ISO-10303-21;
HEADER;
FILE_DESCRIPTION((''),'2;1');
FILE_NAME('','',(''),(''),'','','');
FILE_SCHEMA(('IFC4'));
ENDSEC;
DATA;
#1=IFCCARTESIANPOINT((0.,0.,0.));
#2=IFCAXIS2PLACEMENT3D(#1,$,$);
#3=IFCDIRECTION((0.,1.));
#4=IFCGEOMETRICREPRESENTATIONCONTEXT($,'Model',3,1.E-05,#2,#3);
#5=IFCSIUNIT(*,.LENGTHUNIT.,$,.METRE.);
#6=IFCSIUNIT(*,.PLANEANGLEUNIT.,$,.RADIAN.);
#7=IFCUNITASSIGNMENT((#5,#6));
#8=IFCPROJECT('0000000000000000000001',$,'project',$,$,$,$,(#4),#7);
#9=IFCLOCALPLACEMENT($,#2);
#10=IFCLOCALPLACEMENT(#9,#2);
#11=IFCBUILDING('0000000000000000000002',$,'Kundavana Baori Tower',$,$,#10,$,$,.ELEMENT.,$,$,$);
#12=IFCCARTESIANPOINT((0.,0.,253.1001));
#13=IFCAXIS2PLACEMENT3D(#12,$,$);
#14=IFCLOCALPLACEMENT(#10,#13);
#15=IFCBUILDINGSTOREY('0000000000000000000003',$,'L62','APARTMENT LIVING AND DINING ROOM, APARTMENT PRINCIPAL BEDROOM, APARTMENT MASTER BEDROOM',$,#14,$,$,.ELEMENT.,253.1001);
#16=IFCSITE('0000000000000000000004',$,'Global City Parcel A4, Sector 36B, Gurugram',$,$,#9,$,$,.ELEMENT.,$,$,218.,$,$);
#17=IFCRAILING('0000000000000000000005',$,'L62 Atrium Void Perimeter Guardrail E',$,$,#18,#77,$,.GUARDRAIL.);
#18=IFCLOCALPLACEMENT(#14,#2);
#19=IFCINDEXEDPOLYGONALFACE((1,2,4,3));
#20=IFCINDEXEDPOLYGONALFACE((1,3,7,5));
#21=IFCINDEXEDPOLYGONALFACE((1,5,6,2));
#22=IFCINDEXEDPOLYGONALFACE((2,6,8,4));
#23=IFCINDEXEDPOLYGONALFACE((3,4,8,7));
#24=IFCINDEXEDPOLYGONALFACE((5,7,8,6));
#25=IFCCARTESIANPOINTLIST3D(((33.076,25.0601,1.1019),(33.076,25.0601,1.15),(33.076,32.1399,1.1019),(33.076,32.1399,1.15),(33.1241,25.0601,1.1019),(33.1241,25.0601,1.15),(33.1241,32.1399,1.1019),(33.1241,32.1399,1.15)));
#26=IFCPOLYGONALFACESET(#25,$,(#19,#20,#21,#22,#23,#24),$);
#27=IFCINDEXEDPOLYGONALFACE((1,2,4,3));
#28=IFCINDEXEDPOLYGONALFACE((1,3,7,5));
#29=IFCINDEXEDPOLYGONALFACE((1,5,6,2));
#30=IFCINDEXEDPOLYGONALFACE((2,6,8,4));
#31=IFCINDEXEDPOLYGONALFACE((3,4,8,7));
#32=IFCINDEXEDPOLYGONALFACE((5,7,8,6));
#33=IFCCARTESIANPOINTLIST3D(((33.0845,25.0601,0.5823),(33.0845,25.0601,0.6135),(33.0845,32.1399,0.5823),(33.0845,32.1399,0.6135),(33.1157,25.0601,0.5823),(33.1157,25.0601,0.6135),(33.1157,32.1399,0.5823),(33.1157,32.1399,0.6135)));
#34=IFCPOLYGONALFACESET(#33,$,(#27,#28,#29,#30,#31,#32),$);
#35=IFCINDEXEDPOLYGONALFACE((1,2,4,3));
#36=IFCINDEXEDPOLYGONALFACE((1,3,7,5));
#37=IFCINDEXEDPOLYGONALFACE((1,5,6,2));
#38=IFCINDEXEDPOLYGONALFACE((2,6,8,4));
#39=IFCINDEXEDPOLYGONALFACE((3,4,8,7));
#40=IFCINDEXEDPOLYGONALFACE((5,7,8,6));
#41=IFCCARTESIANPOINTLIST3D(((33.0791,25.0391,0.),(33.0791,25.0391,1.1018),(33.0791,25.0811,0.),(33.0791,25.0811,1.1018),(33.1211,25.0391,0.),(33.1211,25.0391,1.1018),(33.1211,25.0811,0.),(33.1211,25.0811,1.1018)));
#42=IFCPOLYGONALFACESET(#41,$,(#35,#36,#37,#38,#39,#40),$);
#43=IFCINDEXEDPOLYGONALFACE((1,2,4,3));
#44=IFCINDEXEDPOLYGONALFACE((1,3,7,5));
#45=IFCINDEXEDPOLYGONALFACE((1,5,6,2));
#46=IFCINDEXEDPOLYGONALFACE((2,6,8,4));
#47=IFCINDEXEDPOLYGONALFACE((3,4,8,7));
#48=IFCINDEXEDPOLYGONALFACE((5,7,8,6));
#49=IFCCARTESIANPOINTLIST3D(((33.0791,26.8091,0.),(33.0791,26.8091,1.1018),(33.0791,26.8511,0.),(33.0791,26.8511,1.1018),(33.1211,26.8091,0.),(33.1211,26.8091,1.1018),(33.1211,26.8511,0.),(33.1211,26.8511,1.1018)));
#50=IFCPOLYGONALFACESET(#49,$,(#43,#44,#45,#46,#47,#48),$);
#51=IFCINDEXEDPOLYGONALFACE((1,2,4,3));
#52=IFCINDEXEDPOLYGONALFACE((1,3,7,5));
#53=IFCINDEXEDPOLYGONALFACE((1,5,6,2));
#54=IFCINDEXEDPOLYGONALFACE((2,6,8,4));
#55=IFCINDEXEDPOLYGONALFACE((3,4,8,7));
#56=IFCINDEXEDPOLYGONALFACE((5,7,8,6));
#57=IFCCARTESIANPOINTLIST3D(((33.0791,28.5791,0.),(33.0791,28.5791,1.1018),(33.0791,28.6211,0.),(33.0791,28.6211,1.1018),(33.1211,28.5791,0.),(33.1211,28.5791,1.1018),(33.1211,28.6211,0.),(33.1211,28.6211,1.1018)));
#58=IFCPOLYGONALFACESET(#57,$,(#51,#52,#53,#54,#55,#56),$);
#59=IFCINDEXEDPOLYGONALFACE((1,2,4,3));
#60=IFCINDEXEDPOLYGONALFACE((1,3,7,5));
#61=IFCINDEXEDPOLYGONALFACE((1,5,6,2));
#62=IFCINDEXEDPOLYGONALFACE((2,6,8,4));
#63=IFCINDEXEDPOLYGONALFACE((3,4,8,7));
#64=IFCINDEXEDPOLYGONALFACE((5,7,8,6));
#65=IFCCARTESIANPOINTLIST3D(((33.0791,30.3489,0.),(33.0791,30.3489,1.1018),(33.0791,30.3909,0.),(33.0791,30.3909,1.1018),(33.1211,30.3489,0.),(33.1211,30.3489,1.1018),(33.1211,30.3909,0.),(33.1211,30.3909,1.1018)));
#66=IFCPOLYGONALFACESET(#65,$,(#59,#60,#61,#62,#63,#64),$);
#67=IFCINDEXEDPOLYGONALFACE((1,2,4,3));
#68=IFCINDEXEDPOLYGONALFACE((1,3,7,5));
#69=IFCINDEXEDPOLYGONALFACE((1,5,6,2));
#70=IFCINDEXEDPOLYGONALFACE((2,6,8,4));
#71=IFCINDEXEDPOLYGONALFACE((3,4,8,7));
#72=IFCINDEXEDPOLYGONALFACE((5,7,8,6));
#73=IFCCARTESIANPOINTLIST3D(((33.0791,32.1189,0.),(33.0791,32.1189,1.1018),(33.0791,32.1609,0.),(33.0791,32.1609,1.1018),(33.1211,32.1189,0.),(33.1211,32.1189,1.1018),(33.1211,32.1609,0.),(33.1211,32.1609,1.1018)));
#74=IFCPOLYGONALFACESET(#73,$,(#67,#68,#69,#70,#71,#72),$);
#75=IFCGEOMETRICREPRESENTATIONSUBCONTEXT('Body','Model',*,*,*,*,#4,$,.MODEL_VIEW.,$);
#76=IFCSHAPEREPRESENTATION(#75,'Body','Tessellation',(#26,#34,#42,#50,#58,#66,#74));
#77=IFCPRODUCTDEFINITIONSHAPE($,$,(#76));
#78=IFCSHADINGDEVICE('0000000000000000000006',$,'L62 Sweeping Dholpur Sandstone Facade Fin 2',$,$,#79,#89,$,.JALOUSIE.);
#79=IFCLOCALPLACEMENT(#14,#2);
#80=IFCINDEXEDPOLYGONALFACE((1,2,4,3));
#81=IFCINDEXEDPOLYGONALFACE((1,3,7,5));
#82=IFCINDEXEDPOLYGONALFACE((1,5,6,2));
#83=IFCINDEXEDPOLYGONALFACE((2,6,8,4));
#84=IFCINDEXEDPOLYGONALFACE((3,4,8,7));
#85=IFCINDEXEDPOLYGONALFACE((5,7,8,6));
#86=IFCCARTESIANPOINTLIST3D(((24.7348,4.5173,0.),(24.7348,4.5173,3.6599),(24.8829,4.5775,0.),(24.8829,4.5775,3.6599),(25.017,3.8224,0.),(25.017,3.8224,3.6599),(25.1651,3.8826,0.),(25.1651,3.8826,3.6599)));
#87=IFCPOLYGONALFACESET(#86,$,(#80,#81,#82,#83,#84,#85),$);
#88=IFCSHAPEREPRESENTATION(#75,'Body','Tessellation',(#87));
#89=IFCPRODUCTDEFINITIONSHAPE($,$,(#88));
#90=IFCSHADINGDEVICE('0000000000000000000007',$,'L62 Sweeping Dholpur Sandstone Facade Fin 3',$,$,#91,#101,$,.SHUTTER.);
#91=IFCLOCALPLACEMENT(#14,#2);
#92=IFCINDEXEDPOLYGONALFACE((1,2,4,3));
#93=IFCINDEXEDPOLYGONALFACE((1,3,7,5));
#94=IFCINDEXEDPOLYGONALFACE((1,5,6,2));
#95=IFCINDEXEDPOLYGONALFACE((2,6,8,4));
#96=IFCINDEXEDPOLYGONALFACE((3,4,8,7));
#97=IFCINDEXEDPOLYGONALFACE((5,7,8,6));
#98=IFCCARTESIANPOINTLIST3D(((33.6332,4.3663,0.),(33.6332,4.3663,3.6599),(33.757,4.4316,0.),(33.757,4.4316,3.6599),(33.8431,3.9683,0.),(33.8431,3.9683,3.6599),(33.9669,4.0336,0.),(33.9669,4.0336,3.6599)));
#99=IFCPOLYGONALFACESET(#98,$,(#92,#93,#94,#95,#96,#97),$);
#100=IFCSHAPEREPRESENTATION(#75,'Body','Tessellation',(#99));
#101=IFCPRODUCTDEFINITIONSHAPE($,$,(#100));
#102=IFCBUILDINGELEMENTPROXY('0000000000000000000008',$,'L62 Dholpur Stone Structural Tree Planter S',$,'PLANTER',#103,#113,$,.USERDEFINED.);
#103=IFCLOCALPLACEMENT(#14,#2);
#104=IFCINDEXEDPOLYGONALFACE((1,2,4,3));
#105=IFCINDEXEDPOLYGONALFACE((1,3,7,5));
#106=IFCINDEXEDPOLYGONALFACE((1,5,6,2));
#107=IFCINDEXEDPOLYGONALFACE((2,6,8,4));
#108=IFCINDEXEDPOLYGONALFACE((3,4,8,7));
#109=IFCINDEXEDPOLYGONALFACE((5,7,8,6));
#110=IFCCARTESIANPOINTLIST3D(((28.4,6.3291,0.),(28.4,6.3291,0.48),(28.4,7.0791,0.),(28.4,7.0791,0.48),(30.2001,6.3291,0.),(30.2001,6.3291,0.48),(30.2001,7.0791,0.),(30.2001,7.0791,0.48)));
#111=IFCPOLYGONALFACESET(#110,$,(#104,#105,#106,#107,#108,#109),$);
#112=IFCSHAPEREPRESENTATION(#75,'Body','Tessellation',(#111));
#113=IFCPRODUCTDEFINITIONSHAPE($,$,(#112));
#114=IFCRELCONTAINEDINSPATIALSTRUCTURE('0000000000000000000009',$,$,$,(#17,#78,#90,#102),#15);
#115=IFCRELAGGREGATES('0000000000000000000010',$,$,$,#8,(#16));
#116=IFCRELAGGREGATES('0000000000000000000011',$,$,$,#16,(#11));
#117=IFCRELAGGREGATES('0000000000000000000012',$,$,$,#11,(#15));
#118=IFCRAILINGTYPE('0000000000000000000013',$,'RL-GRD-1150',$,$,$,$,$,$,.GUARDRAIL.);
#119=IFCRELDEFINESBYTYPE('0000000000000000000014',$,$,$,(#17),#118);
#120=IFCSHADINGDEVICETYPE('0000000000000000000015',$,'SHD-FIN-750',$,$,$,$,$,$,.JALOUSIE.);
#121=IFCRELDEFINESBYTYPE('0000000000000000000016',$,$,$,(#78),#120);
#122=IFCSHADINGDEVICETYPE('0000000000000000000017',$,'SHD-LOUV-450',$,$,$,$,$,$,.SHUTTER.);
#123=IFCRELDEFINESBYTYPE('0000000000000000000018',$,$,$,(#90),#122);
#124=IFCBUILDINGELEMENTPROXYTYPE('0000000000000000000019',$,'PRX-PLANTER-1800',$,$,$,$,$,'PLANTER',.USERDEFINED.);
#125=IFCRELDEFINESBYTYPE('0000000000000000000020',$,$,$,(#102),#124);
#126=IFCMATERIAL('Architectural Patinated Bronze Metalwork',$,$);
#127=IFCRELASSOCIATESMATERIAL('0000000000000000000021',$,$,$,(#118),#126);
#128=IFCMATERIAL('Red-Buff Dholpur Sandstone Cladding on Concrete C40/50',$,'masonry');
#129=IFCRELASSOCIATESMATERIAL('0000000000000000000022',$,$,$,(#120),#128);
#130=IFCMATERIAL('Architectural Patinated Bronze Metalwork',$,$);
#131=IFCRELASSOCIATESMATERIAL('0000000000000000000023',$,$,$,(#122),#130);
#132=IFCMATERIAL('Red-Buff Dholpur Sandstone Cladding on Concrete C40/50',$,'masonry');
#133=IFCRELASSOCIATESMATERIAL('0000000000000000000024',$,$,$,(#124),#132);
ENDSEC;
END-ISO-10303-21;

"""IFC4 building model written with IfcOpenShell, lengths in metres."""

from ifc_helpers import new_model, si_unit, direction, frame, origin, origin_2d, place, context, subcontext, project, spatial, rectangle, extrude, material, type_object, element, save


model = new_model("IFC4")

# Units and contexts
model_context = context("Model", 3, precision=1e-05, world=origin(), true_north=direction((0.0, 1.0)))
body_context = subcontext(model_context, "Body", "Model", "MODEL_VIEW")
ifc_project = project(units=[si_unit("LENGTHUNIT", "METRE"), si_unit("PLANEANGLEUNIT", "RADIAN")], contexts=[model_context])

# Site, building, storey
site_placement = place(None, origin())
site = spatial("IfcSite", under=ifc_project, at=site_placement, Name="Global City Parcel A4, Sector 36B, Gurugram", CompositionType="ELEMENT", RefElevation=218.0)
building_placement = place(site_placement, origin())
building = spatial("IfcBuilding", under=site, at=building_placement, Name="Kundavana Baori Tower", CompositionType="ELEMENT")
storey_placement = place(building_placement, frame((0.0, 0.0, 253.1001)))
storey = spatial("IfcBuildingStorey", under=building, at=storey_placement, Name="L62", Description="APARTMENT LIVING AND DINING ROOM, APARTMENT PRINCIPAL BEDROOM, APARTMENT MASTER BEDROOM", CompositionType="ELEMENT", Elevation=253.1001)

# Railing
ifc_material_1 = material(Name="Architectural Patinated Bronze Metalwork")
railing_type = type_object("IfcRailingType", Name="RL-GRD-1150", PredefinedType="GUARDRAIL", material=ifc_material_1)
railing_1_placement = place(storey_placement, frame((33.1001, 25.0601, 0.0)))
element("IfcRailing", 1, at=railing_1_placement, inside=storey, type_object=railing_type, Name="L62 Atrium Void Perimeter Guardrail E", PredefinedType="GUARDRAIL", context=body_context, shape_type="SweptSolid", body=[
    extrude(rectangle(XDim=0.0481, YDim=0.0481, at=origin_2d()), frame((0.0, 0.0, 1.126), z_axis=(0.0, 1.0, 0.0), x_axis=(-1.0, 0.0, 0.0)), (0.0, 0.0, 1.0), 7.0798),
    extrude(rectangle(XDim=0.0312, YDim=0.0312, at=origin_2d()), frame((0.0, 0.0, 0.5979), z_axis=(0.0, 1.0, 0.0), x_axis=(-1.0, 0.0, 0.0)), (0.0, 0.0, 1.0), 7.0798),
    extrude(rectangle(XDim=0.042, YDim=0.042, at=origin_2d()), origin(), (0.0, 0.0, 1.0), 1.1018),
    extrude(rectangle(XDim=0.042, YDim=0.042, at=origin_2d()), frame((0.0, 1.77, 0.0)), (0.0, 0.0, 1.0), 1.1018),
    extrude(rectangle(XDim=0.042, YDim=0.042, at=origin_2d()), frame((0.0, 3.54, 0.0)), (0.0, 0.0, 1.0), 1.1018),
    extrude(rectangle(XDim=0.042, YDim=0.042, at=origin_2d()), frame((0.0, 5.3098, 0.0)), (0.0, 0.0, 1.0), 1.1018),
    extrude(rectangle(XDim=0.042, YDim=0.042, at=origin_2d()), frame((0.0, 7.0798, 0.0)), (0.0, 0.0, 1.0), 1.1018),
])

# Shading devices
ifc_material_2 = material(Name="Red-Buff Dholpur Sandstone Cladding on Concrete C40/50", Category="masonry")
shading_device_type_1 = type_object("IfcShadingDeviceType", Name="SHD-FIN-750", PredefinedType="JALOUSIE", material=ifc_material_2)
shading_device_1_placement = place(storey_placement, frame((24.95, 4.2, 0.0), z_axis=(0.0, 0.0, 1.0), x_axis=(0.926529, 0.376224, 0.0)))
element("IfcShadingDevice", 2, at=shading_device_1_placement, inside=storey, type_object=shading_device_type_1, Name="L62 Sweeping Dholpur Sandstone Facade Fin 2", PredefinedType="JALOUSIE", context=body_context, shape_type="SweptSolid", body=[
    extrude(rectangle(XDim=0.1599, YDim=0.75, at=origin_2d()), origin(), (0.0, 0.0, 1.0), 3.6599),
])
ifc_material_3 = material(Name="Architectural Patinated Bronze Metalwork")
shading_device_type_2 = type_object("IfcShadingDeviceType", Name="SHD-LOUV-450", PredefinedType="SHUTTER", material=ifc_material_3)
shading_device_2_placement = place(storey_placement, frame((33.8, 4.2, 0.0), z_axis=(0.0, 0.0, 1.0), x_axis=(0.8845, 0.466541, 0.0)))
element("IfcShadingDevice", 3, at=shading_device_2_placement, inside=storey, type_object=shading_device_type_2, Name="L62 Sweeping Dholpur Sandstone Facade Fin 3", PredefinedType="SHUTTER", context=body_context, shape_type="SweptSolid", body=[
    extrude(rectangle(XDim=0.1399, YDim=0.45, at=origin_2d()), origin(), (0.0, 0.0, 1.0), 3.6599),
])

# Building element proxy
ifc_material_4 = material(Name="Red-Buff Dholpur Sandstone Cladding on Concrete C40/50", Category="masonry")
building_element_proxy_type = type_object("IfcBuildingElementProxyType", Name="PRX-PLANTER-1800", ElementType="PLANTER", PredefinedType="USERDEFINED", material=ifc_material_4)
proxy_placement = place(storey_placement, frame((29.3, 6.7041, 0.0), z_axis=(0.0, 0.0, 1.0), x_axis=(1.0, 0.0, 0.0)))
element("IfcBuildingElementProxy", 4, at=proxy_placement, inside=storey, type_object=building_element_proxy_type, Name="L62 Dholpur Stone Structural Tree Planter S", ObjectType="PLANTER", PredefinedType="USERDEFINED", context=body_context, shape_type="SweptSolid", body=[
    extrude(rectangle(XDim=1.8, YDim=0.75, at=origin_2d()), origin(), (0.0, 0.0, 1.0), 0.48),
])

save(model, "model.ifc")
